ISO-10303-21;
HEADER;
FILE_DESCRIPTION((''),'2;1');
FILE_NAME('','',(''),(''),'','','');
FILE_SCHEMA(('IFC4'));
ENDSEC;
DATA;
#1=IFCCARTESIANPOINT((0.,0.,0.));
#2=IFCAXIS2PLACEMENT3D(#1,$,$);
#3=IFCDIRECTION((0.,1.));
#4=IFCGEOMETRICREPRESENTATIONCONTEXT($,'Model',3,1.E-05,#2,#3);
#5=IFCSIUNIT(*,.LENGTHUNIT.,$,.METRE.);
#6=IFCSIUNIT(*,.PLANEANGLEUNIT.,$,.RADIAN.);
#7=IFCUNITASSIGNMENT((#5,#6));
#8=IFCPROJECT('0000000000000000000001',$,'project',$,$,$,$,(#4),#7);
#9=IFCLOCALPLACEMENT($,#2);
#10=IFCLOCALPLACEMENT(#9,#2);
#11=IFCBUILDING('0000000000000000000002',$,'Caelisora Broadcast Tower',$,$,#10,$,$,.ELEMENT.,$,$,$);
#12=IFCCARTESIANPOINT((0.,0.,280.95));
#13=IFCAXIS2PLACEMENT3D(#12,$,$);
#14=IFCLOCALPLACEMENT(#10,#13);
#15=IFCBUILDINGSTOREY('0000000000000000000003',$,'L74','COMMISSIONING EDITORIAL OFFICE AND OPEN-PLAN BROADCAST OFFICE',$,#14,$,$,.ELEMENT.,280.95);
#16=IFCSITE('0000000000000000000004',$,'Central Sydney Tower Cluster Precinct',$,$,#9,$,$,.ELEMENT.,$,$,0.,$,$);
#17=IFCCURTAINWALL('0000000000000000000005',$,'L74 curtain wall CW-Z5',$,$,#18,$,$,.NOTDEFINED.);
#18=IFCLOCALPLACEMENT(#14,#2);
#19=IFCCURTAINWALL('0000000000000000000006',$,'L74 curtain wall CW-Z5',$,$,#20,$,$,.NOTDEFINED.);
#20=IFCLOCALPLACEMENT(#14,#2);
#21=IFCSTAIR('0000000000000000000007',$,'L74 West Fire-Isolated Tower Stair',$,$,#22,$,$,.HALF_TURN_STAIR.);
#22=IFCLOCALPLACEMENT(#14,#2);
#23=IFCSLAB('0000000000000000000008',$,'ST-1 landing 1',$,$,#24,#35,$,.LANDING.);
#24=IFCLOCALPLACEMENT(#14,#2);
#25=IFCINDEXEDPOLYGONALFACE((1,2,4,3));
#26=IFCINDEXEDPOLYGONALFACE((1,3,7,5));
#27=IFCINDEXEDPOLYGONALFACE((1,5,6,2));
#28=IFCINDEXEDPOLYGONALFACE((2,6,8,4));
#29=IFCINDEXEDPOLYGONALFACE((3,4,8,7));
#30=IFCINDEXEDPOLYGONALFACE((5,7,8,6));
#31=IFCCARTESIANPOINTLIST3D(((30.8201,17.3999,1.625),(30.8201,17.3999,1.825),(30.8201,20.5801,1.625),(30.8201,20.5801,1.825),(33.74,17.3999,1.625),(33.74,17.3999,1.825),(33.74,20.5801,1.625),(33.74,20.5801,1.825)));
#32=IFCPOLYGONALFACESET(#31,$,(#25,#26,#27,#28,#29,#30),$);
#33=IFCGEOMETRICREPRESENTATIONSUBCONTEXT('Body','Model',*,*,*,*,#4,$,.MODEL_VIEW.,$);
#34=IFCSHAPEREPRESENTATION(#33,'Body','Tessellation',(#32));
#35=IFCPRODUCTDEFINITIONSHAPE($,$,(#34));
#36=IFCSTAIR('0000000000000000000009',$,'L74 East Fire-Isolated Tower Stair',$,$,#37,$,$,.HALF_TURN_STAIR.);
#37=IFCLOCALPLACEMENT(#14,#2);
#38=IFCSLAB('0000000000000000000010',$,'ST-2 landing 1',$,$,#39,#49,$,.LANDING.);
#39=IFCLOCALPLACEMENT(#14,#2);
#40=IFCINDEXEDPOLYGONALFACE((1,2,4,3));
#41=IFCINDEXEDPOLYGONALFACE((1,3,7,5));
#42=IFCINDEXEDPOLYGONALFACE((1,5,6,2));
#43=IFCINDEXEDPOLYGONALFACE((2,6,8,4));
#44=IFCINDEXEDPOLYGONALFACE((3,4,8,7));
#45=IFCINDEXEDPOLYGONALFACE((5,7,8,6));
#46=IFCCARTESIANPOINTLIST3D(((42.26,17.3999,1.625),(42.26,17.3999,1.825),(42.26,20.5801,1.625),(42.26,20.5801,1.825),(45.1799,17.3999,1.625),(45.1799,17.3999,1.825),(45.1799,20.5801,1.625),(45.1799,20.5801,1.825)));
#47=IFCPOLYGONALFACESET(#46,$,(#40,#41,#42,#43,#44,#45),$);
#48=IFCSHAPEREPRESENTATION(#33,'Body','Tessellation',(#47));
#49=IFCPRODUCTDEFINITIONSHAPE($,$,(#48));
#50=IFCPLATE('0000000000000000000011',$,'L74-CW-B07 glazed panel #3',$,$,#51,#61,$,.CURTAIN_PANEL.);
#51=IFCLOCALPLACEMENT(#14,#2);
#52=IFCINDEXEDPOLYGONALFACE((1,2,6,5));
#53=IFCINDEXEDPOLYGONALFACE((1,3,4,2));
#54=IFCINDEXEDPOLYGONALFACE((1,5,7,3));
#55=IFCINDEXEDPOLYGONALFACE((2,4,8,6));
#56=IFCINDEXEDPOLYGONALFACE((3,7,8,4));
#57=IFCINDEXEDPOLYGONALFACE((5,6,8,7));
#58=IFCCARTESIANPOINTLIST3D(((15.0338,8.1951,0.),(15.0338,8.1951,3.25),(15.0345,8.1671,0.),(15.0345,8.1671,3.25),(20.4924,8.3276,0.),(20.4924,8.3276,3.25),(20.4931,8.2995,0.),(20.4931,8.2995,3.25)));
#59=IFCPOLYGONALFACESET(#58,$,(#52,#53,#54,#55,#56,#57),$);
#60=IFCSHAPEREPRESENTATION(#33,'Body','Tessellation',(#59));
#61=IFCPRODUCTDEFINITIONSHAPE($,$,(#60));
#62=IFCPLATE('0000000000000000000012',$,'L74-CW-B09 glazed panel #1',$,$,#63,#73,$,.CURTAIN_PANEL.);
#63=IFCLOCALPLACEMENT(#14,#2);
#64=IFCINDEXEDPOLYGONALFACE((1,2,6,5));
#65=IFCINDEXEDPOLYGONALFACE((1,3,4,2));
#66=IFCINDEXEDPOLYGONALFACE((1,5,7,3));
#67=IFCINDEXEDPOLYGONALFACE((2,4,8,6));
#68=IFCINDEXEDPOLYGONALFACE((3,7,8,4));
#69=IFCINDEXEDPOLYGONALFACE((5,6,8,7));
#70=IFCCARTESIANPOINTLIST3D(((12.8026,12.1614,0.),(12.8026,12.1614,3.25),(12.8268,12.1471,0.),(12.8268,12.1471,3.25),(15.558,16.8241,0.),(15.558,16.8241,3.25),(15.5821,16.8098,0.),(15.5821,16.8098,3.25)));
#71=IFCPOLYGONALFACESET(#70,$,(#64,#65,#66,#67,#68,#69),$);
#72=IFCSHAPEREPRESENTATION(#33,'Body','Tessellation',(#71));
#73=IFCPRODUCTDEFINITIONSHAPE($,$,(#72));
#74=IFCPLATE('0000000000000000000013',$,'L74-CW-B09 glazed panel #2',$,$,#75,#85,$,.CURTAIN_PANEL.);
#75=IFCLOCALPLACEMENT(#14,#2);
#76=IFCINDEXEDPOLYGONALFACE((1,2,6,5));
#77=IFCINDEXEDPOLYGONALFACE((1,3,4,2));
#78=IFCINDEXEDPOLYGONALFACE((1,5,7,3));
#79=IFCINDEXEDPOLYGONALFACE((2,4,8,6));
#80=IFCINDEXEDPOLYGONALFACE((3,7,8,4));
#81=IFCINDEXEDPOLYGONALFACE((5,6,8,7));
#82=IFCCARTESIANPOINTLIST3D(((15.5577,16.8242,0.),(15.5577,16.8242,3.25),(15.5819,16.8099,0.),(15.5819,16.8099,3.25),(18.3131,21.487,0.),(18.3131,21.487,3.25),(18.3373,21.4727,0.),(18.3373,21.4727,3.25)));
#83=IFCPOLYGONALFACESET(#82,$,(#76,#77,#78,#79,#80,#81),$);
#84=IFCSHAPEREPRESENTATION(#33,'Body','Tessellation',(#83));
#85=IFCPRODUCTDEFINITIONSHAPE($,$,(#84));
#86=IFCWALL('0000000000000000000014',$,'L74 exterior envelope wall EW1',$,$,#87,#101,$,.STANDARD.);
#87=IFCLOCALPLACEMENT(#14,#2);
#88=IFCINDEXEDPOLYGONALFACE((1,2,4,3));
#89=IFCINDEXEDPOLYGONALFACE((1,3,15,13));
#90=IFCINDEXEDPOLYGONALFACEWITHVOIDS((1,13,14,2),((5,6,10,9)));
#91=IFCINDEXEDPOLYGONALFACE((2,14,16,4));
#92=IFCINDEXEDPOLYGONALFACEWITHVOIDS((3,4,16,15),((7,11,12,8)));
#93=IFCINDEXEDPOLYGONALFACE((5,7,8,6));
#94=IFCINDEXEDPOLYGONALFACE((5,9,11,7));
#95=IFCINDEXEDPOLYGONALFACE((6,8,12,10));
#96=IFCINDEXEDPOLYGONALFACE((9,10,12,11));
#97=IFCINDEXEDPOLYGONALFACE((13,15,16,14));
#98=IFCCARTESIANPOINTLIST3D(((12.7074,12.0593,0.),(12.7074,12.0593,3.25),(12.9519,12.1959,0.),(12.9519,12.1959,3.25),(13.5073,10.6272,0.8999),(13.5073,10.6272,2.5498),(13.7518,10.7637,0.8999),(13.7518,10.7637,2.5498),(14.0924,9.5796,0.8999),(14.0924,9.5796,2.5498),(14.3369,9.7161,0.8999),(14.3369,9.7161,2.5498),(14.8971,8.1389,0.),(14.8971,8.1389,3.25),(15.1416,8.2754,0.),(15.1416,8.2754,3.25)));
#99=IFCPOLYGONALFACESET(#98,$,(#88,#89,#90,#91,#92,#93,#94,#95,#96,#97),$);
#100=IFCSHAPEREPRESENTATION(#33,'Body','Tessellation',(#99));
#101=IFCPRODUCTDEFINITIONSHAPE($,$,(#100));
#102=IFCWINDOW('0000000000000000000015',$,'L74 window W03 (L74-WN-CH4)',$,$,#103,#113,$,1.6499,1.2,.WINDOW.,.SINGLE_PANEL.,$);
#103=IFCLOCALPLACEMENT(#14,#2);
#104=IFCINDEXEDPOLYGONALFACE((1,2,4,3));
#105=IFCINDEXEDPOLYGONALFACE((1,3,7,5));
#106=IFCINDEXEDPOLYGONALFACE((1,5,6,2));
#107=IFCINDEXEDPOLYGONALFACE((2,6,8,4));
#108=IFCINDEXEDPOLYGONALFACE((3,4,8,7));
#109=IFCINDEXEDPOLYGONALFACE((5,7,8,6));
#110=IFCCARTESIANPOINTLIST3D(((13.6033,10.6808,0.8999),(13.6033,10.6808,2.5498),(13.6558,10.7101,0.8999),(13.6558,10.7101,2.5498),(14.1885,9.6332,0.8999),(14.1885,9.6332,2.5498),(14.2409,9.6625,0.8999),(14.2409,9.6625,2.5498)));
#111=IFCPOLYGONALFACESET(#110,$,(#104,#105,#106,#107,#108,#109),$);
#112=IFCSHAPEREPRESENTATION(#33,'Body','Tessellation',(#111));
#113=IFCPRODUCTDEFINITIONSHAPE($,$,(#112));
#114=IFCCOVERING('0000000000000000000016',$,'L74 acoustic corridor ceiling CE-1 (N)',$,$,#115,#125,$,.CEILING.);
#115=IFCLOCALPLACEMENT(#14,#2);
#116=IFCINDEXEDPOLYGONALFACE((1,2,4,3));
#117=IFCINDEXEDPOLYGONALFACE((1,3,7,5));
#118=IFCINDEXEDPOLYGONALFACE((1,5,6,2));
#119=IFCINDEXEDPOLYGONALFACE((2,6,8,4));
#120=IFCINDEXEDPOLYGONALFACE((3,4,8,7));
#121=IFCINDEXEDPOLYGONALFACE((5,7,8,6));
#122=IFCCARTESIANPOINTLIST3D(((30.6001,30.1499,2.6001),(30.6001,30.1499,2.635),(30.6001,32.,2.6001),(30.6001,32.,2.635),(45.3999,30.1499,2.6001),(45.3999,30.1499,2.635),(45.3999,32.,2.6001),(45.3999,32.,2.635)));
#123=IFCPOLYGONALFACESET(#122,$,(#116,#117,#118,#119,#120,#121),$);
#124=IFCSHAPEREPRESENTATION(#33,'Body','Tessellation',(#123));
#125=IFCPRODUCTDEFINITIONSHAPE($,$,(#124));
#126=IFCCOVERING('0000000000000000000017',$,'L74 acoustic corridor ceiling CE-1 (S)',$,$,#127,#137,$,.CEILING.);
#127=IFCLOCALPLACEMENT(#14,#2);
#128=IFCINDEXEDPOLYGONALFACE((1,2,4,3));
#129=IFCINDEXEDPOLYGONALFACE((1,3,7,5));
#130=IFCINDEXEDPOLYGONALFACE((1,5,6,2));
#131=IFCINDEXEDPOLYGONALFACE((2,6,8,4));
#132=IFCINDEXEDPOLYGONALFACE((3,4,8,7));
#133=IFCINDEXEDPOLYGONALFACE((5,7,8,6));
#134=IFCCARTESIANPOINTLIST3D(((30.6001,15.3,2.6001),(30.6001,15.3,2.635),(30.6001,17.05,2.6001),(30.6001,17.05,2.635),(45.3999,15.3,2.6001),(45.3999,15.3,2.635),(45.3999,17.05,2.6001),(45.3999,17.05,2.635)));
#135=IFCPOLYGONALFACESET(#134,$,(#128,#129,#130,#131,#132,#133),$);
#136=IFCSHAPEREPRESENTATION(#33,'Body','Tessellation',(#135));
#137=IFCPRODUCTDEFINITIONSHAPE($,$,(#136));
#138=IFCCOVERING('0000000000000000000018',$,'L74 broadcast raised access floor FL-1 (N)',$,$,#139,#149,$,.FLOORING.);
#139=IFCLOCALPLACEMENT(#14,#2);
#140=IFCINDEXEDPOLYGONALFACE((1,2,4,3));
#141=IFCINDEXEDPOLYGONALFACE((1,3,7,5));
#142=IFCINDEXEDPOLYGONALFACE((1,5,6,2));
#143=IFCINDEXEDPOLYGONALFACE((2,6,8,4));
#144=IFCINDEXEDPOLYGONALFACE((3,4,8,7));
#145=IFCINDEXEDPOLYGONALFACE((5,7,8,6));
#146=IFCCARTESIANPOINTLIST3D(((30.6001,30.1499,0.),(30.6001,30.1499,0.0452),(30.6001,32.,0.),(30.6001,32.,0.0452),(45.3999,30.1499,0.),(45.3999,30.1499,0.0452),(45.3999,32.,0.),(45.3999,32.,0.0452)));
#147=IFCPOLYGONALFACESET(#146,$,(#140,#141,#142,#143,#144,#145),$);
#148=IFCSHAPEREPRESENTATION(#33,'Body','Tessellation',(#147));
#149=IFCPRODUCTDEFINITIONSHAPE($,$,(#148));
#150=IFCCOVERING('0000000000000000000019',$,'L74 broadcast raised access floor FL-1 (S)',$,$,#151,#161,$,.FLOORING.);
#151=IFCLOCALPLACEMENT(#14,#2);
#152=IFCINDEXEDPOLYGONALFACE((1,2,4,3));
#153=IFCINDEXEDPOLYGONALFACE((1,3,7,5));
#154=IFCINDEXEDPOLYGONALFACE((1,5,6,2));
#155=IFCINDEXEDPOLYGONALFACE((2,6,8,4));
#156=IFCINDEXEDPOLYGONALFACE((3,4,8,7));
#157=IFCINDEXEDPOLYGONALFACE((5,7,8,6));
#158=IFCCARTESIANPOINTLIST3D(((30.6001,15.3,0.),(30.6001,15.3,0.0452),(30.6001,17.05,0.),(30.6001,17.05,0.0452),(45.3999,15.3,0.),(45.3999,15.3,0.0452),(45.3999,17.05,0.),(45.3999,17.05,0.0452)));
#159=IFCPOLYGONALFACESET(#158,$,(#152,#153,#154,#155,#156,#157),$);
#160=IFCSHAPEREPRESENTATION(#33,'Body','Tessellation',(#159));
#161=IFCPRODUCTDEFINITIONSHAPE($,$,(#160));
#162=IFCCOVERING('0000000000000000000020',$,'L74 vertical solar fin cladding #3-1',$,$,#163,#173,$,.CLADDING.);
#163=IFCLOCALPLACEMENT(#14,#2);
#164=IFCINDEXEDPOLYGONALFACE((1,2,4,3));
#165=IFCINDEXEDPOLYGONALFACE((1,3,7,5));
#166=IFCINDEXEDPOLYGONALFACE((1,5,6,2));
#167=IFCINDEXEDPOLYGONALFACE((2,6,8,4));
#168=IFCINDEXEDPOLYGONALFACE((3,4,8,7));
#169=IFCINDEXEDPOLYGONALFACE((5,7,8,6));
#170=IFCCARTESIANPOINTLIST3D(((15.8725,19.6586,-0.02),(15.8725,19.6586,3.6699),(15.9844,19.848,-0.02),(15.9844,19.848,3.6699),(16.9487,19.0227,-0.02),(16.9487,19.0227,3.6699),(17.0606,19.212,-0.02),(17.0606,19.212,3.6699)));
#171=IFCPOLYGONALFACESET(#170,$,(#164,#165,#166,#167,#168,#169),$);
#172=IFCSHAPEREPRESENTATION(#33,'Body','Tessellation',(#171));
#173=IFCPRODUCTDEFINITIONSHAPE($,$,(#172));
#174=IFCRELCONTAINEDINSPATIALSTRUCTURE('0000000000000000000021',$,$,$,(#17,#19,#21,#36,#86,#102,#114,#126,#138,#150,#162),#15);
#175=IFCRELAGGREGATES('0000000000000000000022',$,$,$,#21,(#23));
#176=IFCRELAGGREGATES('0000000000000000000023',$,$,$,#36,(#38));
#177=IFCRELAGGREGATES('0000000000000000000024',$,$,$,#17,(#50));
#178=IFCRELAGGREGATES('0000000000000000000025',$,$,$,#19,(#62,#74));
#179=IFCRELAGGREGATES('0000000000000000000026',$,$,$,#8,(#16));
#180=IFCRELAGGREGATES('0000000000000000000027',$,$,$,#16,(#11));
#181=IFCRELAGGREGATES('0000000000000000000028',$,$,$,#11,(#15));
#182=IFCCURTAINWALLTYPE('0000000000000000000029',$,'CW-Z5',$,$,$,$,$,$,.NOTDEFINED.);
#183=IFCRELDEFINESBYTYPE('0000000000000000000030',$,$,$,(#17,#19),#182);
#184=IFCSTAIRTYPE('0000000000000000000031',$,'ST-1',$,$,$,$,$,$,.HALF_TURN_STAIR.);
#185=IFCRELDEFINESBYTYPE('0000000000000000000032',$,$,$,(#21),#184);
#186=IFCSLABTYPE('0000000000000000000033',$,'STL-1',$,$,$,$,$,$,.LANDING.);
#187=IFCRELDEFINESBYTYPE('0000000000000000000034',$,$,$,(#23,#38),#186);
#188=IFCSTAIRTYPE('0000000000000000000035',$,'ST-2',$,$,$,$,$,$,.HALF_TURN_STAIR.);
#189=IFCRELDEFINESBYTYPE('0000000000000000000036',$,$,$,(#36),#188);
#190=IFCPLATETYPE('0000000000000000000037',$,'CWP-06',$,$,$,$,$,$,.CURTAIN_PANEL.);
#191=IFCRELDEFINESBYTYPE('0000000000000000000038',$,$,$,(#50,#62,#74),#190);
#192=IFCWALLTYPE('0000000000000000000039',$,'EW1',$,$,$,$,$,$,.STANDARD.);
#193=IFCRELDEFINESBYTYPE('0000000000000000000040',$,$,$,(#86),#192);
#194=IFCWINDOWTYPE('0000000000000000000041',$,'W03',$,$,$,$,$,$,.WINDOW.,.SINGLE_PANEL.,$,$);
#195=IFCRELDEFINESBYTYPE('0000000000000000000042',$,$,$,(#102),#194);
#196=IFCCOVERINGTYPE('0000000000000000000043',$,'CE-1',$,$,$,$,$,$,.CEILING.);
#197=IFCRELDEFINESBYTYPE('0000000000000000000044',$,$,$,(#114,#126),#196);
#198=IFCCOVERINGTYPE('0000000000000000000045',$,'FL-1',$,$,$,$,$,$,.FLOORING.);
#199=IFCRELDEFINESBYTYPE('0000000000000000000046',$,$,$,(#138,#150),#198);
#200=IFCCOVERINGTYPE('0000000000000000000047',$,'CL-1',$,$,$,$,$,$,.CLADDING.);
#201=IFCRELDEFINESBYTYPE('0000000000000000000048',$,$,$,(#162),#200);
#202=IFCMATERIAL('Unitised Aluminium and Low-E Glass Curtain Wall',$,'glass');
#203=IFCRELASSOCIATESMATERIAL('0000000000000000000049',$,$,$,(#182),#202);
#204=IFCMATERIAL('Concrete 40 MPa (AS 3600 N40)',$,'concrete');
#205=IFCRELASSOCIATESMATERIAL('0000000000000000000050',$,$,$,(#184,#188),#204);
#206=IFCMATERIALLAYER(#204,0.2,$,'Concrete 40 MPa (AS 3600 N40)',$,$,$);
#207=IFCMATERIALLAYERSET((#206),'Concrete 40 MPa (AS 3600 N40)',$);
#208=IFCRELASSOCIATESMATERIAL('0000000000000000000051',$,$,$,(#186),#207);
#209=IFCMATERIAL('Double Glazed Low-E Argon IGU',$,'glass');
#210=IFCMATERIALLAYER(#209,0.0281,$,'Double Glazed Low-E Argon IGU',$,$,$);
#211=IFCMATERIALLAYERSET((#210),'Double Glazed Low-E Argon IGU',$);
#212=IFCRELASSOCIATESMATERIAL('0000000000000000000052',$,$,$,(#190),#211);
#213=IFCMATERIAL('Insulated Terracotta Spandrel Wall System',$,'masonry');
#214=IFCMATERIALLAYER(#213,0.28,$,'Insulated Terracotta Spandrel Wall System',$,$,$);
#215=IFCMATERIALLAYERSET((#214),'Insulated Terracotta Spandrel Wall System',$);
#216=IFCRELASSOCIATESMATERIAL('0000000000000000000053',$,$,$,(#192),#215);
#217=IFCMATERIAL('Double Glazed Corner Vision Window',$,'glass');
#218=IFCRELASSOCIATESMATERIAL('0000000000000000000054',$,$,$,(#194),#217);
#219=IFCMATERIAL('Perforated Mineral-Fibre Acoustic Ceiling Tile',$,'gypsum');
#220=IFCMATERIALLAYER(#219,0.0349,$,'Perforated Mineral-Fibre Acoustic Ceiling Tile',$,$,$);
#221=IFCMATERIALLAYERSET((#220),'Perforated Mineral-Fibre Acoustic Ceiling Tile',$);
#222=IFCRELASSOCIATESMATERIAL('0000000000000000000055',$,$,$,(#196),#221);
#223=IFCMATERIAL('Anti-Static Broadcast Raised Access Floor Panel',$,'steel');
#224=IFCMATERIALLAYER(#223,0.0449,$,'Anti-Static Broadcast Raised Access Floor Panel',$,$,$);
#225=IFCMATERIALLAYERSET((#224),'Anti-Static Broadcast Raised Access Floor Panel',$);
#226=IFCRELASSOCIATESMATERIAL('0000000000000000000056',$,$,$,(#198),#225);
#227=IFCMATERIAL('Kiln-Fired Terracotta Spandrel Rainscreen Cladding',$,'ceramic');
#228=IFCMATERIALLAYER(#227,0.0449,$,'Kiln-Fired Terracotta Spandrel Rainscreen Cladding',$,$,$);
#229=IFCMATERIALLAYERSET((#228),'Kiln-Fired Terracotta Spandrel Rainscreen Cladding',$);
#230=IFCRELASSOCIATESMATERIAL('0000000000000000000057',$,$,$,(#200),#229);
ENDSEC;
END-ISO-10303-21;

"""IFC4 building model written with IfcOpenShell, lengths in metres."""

from ifc_helpers import new_model, si_unit, direction, frame, frame_2d, origin, origin_2d, place, context, subcontext, project, spatial, polyline, rectangle, outline, extrude, source, transform, mapped, material, layer, layer_set, type_object, type_shapes, element, fill, aggregate, save


model = new_model("IFC4")

# Units and contexts
model_context = context("Model", 3, precision=1e-05, world=origin(), true_north=direction((0.0, 1.0)))
body_context = subcontext(model_context, "Body", "Model", "MODEL_VIEW")
ifc_project = project(units=[si_unit("LENGTHUNIT", "METRE"), si_unit("PLANEANGLEUNIT", "RADIAN")], contexts=[model_context])

# Site, building, storey
site_placement = place(None, origin())
site = spatial("IfcSite", under=ifc_project, at=site_placement, Name="Central Sydney Tower Cluster Precinct", CompositionType="ELEMENT", RefElevation=0.0)
building_placement = place(site_placement, origin())
building = spatial("IfcBuilding", under=site, at=building_placement, Name="Caelisora Broadcast Tower", CompositionType="ELEMENT")
storey_placement = place(building_placement, frame((0.0, 0.0, 280.95)))
storey = spatial("IfcBuildingStorey", under=building, at=storey_placement, Name="L74", Description="COMMISSIONING EDITORIAL OFFICE AND OPEN-PLAN BROADCAST OFFICE", CompositionType="ELEMENT", Elevation=280.95)

# Curtain wall
ifc_material_1 = material(Name="Unitised Aluminium and Low-E Glass Curtain Wall", Category="glass")
curtain_wall_type = type_object("IfcCurtainWallType", Name="CW-Z5", PredefinedType="NOTDEFINED", material=ifc_material_1)
curtain_wall_1_placement = place(storey_placement, origin())
curtain_wall_1 = element("IfcCurtainWall", 1, at=curtain_wall_1_placement, inside=storey, type_object=curtain_wall_type, Name="L74 curtain wall CW-Z5", PredefinedType="NOTDEFINED")

# Curtain wall
curtain_wall_2_placement = place(storey_placement, origin())
curtain_wall_2 = element("IfcCurtainWall", 2, at=curtain_wall_2_placement, inside=storey, type_object=curtain_wall_type, Name="L74 curtain wall CW-Z5", PredefinedType="NOTDEFINED")

# Shared definitions
ifc_material_2 = material(Name="Concrete 40 MPa (AS 3600 N40)", Category="concrete")

# Stairs, slabs
stair_type_1 = type_object("IfcStairType", Name="ST-1", PredefinedType="HALF_TURN_STAIR", material=ifc_material_2)
stair_1_placement = place(storey_placement, origin())
stair_1 = element("IfcStair", 3, at=stair_1_placement, inside=storey, type_object=stair_type_1, Name="L74 West Fire-Isolated Tower Stair", PredefinedType="HALF_TURN_STAIR")
ifc_layer_1 = layer(ifc_material_2, 0.2, Name="Concrete 40 MPa (AS 3600 N40)")
ifc_layer_set_1 = layer_set([ifc_layer_1], Name="Concrete 40 MPa (AS 3600 N40)")
slab_type_1 = type_object("IfcSlabType", Name="STL-1", PredefinedType="LANDING", material=ifc_layer_set_1)
slab_1_placement = place(storey_placement, frame((0.0, 0.0, 1.625)))
slab_1 = element("IfcSlab", 4, at=slab_1_placement, type_object=slab_type_1, Name="ST-1 landing 1", PredefinedType="LANDING", context=body_context, shape_type="SweptSolid", body=[
    extrude(outline(polyline([(30.8201, 20.5801), (30.8201, 17.3999), (33.74, 17.3999), (33.74, 20.5801), (30.8201, 20.5801)])), origin(), (0.0, 0.0, 1.0), 0.2),
])
aggregate(stair_1, [slab_1])
stair_type_2 = type_object("IfcStairType", Name="ST-2", PredefinedType="HALF_TURN_STAIR", material=ifc_material_2)
stair_2_placement = place(storey_placement, origin())
stair_2 = element("IfcStair", 5, at=stair_2_placement, inside=storey, type_object=stair_type_2, Name="L74 East Fire-Isolated Tower Stair", PredefinedType="HALF_TURN_STAIR")
slab_2_placement = place(storey_placement, frame((0.0, 0.0, 1.625)))
slab_2 = element("IfcSlab", 6, at=slab_2_placement, type_object=slab_type_1, Name="ST-2 landing 1", PredefinedType="LANDING", context=body_context, shape_type="SweptSolid", body=[
    extrude(outline(polyline([(42.26, 20.5801), (42.26, 17.3999), (45.1799, 17.3999), (45.1799, 20.5801), (42.26, 20.5801)])), origin(), (0.0, 0.0, 1.0), 0.2),
])
aggregate(stair_2, [slab_2])

# Plates
ifc_material_3 = material(Name="Double Glazed Low-E Argon IGU", Category="glass")
ifc_layer_2 = layer(ifc_material_3, 0.0281, Name="Double Glazed Low-E Argon IGU")
ifc_layer_set_2 = layer_set([ifc_layer_2], Name="Double Glazed Low-E Argon IGU")
plate_type = type_object("IfcPlateType", Name="CWP-06", PredefinedType="CURTAIN_PANEL", material=ifc_layer_set_2)
shared_shape_1 = source(origin(), body_context, "Body", "SweptSolid", [
    extrude(rectangle(XDim=5.4602, YDim=0.0281, at=origin_2d()), origin(), (0.0, 0.0, 1.0), 3.25),
])
plate_1_placement = place(storey_placement, frame((17.7634, 8.2473, 0.0), z_axis=(0.0, 0.0, 1.0), x_axis=(-0.999706, -0.024258, 0.0)))
plate_1 = element("IfcPlate", 7, at=plate_1_placement, type_object=plate_type, Name="L74-CW-B07 glazed panel #3", PredefinedType="CURTAIN_PANEL", context=body_context, shape_type="MappedRepresentation", body=[
    mapped(shared_shape_1, transform((0.0, 0.0, 0.0), scale=1.0)),
])
aggregate(curtain_wall_1, [plate_1])
shared_shape_2 = source(origin(), body_context, "Body", "SweptSolid", [
    extrude(rectangle(XDim=5.416, YDim=0.0281, at=origin_2d()), origin(), (0.0, 0.0, 1.0), 3.25),
])
type_shapes(plate_type, [shared_shape_1, shared_shape_2])
plate_2_placement = place(storey_placement, frame((14.1924, 14.4856, 0.0), z_axis=(0.0, 0.0, 1.0), x_axis=(0.508741, 0.86092, 0.0)))
plate_2 = element("IfcPlate", 8, at=plate_2_placement, type_object=plate_type, Name="L74-CW-B09 glazed panel #1", PredefinedType="CURTAIN_PANEL", context=body_context, shape_type="MappedRepresentation", body=[
    mapped(shared_shape_2, transform((0.0, 0.0, 0.0), scale=1.0)),
])
plate_3_placement = place(storey_placement, frame((16.9475, 19.1484, 0.0), z_axis=(0.0, 0.0, 1.0), x_axis=(0.508741, 0.86092, 0.0)))
plate_3 = element("IfcPlate", 9, at=plate_3_placement, type_object=plate_type, Name="L74-CW-B09 glazed panel #2", PredefinedType="CURTAIN_PANEL", context=body_context, shape_type="MappedRepresentation", body=[
    mapped(shared_shape_2, transform((0.0, 0.0, 0.0), scale=1.0)),
])
aggregate(curtain_wall_2, [plate_2, plate_3])

# Wall, opening, window
ifc_material_4 = material(Name="Insulated Terracotta Spandrel Wall System", Category="masonry")
ifc_layer_3 = layer(ifc_material_4, 0.28, Name="Insulated Terracotta Spandrel Wall System")
ifc_layer_set_3 = layer_set([ifc_layer_3], Name="Insulated Terracotta Spandrel Wall System")
wall_type = type_object("IfcWallType", Name="EW1", PredefinedType="STANDARD", material=ifc_layer_set_3)
wall_placement = place(storey_placement, frame((15.0193, 8.2073, 0.0), z_axis=(0.0, 0.0, 1.0), x_axis=(-0.487631, 0.87305, 0.0)))
wall = element("IfcWall", 10, at=wall_placement, inside=storey, type_object=wall_type, Name="L74 exterior envelope wall EW1", PredefinedType="STANDARD", context=body_context, shape_type="SweptSolid", body=[
    extrude(rectangle(XDim=4.4905, YDim=0.28, at=frame_2d((2.2451, 0.0))), origin(), (0.0, 0.0, 1.0), 3.25),
])
opening_placement = place(wall_placement, frame((1.6499, 0.0, 0.8999)))
opening = element("IfcOpeningElement", 11, at=opening_placement, cuts=wall, PredefinedType="OPENING", context=body_context, shape_type="SweptSolid", body=[
    extrude(rectangle(XDim=1.2, YDim=1.6499, at=frame_2d((0.6001, 0.825))), frame((0.0, 0.1521, 0.0), z_axis=(0.0, -1.0, 0.0), x_axis=(1.0, 0.0, 0.0)), (0.0, 0.0, 1.0), 0.304),
])
ifc_material_5 = material(Name="Double Glazed Corner Vision Window", Category="glass")
window_type = type_object("IfcWindowType", Name="W03", PartitioningType="SINGLE_PANEL", PredefinedType="WINDOW", material=ifc_material_5)
window_placement = place(opening_placement, origin())
window = element("IfcWindow", 12, at=window_placement, inside=storey, type_object=window_type, Name="L74 window W03 (L74-WN-CH4)", OverallHeight=1.6499, OverallWidth=1.2, PartitioningType="SINGLE_PANEL", PredefinedType="WINDOW", context=body_context, shape_type="SweptSolid", body=[
    extrude(rectangle(XDim=1.2, YDim=1.6499, at=frame_2d((0.6001, 0.825))), frame((0.0, 0.03, 0.0), z_axis=(0.0, -1.0, 0.0), x_axis=(1.0, 0.0, 0.0)), (0.0, 0.0, 1.0), 0.0601),
])
fill(opening, window)

# Coverings
ifc_material_6 = material(Name="Perforated Mineral-Fibre Acoustic Ceiling Tile", Category="gypsum")
ifc_layer_4 = layer(ifc_material_6, 0.0349, Name="Perforated Mineral-Fibre Acoustic Ceiling Tile")
ifc_layer_set_4 = layer_set([ifc_layer_4], Name="Perforated Mineral-Fibre Acoustic Ceiling Tile")
covering_type_1 = type_object("IfcCoveringType", Name="CE-1", PredefinedType="CEILING", material=ifc_layer_set_4)
covering_1_placement = place(storey_placement, frame((0.0, 0.0, 2.6001)))
element("IfcCovering", 13, at=covering_1_placement, inside=storey, type_object=covering_type_1, Name="L74 acoustic corridor ceiling CE-1 (N)", PredefinedType="CEILING", context=body_context, shape_type="SweptSolid", body=[
    extrude(outline(polyline([(30.6001, 30.1499), (45.3999, 30.1499), (45.3999, 32.0), (30.6001, 32.0), (30.6001, 30.1499)])), origin(), (0.0, 0.0, 1.0), 0.0349),
])
covering_2_placement = place(storey_placement, frame((0.0, 0.0, 2.6001)))
element("IfcCovering", 14, at=covering_2_placement, inside=storey, type_object=covering_type_1, Name="L74 acoustic corridor ceiling CE-1 (S)", PredefinedType="CEILING", context=body_context, shape_type="SweptSolid", body=[
    extrude(outline(polyline([(30.6001, 15.3), (45.3999, 15.3), (45.3999, 17.05), (30.6001, 17.05), (30.6001, 15.3)])), origin(), (0.0, 0.0, 1.0), 0.0349),
])
ifc_material_7 = material(Name="Anti-Static Broadcast Raised Access Floor Panel", Category="steel")
ifc_layer_5 = layer(ifc_material_7, 0.0449, Name="Anti-Static Broadcast Raised Access Floor Panel")
ifc_layer_set_5 = layer_set([ifc_layer_5], Name="Anti-Static Broadcast Raised Access Floor Panel")
covering_type_2 = type_object("IfcCoveringType", Name="FL-1", PredefinedType="FLOORING", material=ifc_layer_set_5)
covering_3_placement = place(storey_placement, origin())
element("IfcCovering", 15, at=covering_3_placement, inside=storey, type_object=covering_type_2, Name="L74 broadcast raised access floor FL-1 (N)", PredefinedType="FLOORING", context=body_context, shape_type="SweptSolid", body=[
    extrude(outline(polyline([(30.6001, 30.1499), (45.3999, 30.1499), (45.3999, 32.0), (30.6001, 32.0), (30.6001, 30.1499)])), origin(), (0.0, 0.0, 1.0), 0.0452),
])
covering_4_placement = place(storey_placement, origin())
element("IfcCovering", 16, at=covering_4_placement, inside=storey, type_object=covering_type_2, Name="L74 broadcast raised access floor FL-1 (S)", PredefinedType="FLOORING", context=body_context, shape_type="SweptSolid", body=[
    extrude(outline(polyline([(30.6001, 15.3), (45.3999, 15.3), (45.3999, 17.05), (30.6001, 17.05), (30.6001, 15.3)])), origin(), (0.0, 0.0, 1.0), 0.0452),
])
ifc_material_8 = material(Name="Kiln-Fired Terracotta Spandrel Rainscreen Cladding", Category="ceramic")
ifc_layer_6 = layer(ifc_material_8, 0.0449, Name="Kiln-Fired Terracotta Spandrel Rainscreen Cladding")
ifc_layer_set_6 = layer_set([ifc_layer_6], Name="Kiln-Fired Terracotta Spandrel Rainscreen Cladding")
covering_type_3 = type_object("IfcCoveringType", Name="CL-1", PredefinedType="CLADDING", material=ifc_layer_set_6)
shared_shape_3 = source(origin(), body_context, "Body", "SweptSolid", [
    extrude(rectangle(XDim=0.22, YDim=1.25, at=origin_2d()), origin(), (0.0, 0.0, 1.0), 3.6899),
])
type_shapes(covering_type_3, [shared_shape_3])
covering_5_placement = place(storey_placement, frame((16.4666, 19.4353, -0.02), z_axis=(0.0, 0.0, 1.0), x_axis=(0.508741, 0.86092, 0.0)))
element("IfcCovering", 17, at=covering_5_placement, inside=storey, type_object=covering_type_3, Name="L74 vertical solar fin cladding #3-1", PredefinedType="CLADDING", context=body_context, shape_type="MappedRepresentation", body=[
    mapped(shared_shape_3, transform((0.0, 0.0, 0.0), scale=1.0)),
])

save(model, "model.ifc")
